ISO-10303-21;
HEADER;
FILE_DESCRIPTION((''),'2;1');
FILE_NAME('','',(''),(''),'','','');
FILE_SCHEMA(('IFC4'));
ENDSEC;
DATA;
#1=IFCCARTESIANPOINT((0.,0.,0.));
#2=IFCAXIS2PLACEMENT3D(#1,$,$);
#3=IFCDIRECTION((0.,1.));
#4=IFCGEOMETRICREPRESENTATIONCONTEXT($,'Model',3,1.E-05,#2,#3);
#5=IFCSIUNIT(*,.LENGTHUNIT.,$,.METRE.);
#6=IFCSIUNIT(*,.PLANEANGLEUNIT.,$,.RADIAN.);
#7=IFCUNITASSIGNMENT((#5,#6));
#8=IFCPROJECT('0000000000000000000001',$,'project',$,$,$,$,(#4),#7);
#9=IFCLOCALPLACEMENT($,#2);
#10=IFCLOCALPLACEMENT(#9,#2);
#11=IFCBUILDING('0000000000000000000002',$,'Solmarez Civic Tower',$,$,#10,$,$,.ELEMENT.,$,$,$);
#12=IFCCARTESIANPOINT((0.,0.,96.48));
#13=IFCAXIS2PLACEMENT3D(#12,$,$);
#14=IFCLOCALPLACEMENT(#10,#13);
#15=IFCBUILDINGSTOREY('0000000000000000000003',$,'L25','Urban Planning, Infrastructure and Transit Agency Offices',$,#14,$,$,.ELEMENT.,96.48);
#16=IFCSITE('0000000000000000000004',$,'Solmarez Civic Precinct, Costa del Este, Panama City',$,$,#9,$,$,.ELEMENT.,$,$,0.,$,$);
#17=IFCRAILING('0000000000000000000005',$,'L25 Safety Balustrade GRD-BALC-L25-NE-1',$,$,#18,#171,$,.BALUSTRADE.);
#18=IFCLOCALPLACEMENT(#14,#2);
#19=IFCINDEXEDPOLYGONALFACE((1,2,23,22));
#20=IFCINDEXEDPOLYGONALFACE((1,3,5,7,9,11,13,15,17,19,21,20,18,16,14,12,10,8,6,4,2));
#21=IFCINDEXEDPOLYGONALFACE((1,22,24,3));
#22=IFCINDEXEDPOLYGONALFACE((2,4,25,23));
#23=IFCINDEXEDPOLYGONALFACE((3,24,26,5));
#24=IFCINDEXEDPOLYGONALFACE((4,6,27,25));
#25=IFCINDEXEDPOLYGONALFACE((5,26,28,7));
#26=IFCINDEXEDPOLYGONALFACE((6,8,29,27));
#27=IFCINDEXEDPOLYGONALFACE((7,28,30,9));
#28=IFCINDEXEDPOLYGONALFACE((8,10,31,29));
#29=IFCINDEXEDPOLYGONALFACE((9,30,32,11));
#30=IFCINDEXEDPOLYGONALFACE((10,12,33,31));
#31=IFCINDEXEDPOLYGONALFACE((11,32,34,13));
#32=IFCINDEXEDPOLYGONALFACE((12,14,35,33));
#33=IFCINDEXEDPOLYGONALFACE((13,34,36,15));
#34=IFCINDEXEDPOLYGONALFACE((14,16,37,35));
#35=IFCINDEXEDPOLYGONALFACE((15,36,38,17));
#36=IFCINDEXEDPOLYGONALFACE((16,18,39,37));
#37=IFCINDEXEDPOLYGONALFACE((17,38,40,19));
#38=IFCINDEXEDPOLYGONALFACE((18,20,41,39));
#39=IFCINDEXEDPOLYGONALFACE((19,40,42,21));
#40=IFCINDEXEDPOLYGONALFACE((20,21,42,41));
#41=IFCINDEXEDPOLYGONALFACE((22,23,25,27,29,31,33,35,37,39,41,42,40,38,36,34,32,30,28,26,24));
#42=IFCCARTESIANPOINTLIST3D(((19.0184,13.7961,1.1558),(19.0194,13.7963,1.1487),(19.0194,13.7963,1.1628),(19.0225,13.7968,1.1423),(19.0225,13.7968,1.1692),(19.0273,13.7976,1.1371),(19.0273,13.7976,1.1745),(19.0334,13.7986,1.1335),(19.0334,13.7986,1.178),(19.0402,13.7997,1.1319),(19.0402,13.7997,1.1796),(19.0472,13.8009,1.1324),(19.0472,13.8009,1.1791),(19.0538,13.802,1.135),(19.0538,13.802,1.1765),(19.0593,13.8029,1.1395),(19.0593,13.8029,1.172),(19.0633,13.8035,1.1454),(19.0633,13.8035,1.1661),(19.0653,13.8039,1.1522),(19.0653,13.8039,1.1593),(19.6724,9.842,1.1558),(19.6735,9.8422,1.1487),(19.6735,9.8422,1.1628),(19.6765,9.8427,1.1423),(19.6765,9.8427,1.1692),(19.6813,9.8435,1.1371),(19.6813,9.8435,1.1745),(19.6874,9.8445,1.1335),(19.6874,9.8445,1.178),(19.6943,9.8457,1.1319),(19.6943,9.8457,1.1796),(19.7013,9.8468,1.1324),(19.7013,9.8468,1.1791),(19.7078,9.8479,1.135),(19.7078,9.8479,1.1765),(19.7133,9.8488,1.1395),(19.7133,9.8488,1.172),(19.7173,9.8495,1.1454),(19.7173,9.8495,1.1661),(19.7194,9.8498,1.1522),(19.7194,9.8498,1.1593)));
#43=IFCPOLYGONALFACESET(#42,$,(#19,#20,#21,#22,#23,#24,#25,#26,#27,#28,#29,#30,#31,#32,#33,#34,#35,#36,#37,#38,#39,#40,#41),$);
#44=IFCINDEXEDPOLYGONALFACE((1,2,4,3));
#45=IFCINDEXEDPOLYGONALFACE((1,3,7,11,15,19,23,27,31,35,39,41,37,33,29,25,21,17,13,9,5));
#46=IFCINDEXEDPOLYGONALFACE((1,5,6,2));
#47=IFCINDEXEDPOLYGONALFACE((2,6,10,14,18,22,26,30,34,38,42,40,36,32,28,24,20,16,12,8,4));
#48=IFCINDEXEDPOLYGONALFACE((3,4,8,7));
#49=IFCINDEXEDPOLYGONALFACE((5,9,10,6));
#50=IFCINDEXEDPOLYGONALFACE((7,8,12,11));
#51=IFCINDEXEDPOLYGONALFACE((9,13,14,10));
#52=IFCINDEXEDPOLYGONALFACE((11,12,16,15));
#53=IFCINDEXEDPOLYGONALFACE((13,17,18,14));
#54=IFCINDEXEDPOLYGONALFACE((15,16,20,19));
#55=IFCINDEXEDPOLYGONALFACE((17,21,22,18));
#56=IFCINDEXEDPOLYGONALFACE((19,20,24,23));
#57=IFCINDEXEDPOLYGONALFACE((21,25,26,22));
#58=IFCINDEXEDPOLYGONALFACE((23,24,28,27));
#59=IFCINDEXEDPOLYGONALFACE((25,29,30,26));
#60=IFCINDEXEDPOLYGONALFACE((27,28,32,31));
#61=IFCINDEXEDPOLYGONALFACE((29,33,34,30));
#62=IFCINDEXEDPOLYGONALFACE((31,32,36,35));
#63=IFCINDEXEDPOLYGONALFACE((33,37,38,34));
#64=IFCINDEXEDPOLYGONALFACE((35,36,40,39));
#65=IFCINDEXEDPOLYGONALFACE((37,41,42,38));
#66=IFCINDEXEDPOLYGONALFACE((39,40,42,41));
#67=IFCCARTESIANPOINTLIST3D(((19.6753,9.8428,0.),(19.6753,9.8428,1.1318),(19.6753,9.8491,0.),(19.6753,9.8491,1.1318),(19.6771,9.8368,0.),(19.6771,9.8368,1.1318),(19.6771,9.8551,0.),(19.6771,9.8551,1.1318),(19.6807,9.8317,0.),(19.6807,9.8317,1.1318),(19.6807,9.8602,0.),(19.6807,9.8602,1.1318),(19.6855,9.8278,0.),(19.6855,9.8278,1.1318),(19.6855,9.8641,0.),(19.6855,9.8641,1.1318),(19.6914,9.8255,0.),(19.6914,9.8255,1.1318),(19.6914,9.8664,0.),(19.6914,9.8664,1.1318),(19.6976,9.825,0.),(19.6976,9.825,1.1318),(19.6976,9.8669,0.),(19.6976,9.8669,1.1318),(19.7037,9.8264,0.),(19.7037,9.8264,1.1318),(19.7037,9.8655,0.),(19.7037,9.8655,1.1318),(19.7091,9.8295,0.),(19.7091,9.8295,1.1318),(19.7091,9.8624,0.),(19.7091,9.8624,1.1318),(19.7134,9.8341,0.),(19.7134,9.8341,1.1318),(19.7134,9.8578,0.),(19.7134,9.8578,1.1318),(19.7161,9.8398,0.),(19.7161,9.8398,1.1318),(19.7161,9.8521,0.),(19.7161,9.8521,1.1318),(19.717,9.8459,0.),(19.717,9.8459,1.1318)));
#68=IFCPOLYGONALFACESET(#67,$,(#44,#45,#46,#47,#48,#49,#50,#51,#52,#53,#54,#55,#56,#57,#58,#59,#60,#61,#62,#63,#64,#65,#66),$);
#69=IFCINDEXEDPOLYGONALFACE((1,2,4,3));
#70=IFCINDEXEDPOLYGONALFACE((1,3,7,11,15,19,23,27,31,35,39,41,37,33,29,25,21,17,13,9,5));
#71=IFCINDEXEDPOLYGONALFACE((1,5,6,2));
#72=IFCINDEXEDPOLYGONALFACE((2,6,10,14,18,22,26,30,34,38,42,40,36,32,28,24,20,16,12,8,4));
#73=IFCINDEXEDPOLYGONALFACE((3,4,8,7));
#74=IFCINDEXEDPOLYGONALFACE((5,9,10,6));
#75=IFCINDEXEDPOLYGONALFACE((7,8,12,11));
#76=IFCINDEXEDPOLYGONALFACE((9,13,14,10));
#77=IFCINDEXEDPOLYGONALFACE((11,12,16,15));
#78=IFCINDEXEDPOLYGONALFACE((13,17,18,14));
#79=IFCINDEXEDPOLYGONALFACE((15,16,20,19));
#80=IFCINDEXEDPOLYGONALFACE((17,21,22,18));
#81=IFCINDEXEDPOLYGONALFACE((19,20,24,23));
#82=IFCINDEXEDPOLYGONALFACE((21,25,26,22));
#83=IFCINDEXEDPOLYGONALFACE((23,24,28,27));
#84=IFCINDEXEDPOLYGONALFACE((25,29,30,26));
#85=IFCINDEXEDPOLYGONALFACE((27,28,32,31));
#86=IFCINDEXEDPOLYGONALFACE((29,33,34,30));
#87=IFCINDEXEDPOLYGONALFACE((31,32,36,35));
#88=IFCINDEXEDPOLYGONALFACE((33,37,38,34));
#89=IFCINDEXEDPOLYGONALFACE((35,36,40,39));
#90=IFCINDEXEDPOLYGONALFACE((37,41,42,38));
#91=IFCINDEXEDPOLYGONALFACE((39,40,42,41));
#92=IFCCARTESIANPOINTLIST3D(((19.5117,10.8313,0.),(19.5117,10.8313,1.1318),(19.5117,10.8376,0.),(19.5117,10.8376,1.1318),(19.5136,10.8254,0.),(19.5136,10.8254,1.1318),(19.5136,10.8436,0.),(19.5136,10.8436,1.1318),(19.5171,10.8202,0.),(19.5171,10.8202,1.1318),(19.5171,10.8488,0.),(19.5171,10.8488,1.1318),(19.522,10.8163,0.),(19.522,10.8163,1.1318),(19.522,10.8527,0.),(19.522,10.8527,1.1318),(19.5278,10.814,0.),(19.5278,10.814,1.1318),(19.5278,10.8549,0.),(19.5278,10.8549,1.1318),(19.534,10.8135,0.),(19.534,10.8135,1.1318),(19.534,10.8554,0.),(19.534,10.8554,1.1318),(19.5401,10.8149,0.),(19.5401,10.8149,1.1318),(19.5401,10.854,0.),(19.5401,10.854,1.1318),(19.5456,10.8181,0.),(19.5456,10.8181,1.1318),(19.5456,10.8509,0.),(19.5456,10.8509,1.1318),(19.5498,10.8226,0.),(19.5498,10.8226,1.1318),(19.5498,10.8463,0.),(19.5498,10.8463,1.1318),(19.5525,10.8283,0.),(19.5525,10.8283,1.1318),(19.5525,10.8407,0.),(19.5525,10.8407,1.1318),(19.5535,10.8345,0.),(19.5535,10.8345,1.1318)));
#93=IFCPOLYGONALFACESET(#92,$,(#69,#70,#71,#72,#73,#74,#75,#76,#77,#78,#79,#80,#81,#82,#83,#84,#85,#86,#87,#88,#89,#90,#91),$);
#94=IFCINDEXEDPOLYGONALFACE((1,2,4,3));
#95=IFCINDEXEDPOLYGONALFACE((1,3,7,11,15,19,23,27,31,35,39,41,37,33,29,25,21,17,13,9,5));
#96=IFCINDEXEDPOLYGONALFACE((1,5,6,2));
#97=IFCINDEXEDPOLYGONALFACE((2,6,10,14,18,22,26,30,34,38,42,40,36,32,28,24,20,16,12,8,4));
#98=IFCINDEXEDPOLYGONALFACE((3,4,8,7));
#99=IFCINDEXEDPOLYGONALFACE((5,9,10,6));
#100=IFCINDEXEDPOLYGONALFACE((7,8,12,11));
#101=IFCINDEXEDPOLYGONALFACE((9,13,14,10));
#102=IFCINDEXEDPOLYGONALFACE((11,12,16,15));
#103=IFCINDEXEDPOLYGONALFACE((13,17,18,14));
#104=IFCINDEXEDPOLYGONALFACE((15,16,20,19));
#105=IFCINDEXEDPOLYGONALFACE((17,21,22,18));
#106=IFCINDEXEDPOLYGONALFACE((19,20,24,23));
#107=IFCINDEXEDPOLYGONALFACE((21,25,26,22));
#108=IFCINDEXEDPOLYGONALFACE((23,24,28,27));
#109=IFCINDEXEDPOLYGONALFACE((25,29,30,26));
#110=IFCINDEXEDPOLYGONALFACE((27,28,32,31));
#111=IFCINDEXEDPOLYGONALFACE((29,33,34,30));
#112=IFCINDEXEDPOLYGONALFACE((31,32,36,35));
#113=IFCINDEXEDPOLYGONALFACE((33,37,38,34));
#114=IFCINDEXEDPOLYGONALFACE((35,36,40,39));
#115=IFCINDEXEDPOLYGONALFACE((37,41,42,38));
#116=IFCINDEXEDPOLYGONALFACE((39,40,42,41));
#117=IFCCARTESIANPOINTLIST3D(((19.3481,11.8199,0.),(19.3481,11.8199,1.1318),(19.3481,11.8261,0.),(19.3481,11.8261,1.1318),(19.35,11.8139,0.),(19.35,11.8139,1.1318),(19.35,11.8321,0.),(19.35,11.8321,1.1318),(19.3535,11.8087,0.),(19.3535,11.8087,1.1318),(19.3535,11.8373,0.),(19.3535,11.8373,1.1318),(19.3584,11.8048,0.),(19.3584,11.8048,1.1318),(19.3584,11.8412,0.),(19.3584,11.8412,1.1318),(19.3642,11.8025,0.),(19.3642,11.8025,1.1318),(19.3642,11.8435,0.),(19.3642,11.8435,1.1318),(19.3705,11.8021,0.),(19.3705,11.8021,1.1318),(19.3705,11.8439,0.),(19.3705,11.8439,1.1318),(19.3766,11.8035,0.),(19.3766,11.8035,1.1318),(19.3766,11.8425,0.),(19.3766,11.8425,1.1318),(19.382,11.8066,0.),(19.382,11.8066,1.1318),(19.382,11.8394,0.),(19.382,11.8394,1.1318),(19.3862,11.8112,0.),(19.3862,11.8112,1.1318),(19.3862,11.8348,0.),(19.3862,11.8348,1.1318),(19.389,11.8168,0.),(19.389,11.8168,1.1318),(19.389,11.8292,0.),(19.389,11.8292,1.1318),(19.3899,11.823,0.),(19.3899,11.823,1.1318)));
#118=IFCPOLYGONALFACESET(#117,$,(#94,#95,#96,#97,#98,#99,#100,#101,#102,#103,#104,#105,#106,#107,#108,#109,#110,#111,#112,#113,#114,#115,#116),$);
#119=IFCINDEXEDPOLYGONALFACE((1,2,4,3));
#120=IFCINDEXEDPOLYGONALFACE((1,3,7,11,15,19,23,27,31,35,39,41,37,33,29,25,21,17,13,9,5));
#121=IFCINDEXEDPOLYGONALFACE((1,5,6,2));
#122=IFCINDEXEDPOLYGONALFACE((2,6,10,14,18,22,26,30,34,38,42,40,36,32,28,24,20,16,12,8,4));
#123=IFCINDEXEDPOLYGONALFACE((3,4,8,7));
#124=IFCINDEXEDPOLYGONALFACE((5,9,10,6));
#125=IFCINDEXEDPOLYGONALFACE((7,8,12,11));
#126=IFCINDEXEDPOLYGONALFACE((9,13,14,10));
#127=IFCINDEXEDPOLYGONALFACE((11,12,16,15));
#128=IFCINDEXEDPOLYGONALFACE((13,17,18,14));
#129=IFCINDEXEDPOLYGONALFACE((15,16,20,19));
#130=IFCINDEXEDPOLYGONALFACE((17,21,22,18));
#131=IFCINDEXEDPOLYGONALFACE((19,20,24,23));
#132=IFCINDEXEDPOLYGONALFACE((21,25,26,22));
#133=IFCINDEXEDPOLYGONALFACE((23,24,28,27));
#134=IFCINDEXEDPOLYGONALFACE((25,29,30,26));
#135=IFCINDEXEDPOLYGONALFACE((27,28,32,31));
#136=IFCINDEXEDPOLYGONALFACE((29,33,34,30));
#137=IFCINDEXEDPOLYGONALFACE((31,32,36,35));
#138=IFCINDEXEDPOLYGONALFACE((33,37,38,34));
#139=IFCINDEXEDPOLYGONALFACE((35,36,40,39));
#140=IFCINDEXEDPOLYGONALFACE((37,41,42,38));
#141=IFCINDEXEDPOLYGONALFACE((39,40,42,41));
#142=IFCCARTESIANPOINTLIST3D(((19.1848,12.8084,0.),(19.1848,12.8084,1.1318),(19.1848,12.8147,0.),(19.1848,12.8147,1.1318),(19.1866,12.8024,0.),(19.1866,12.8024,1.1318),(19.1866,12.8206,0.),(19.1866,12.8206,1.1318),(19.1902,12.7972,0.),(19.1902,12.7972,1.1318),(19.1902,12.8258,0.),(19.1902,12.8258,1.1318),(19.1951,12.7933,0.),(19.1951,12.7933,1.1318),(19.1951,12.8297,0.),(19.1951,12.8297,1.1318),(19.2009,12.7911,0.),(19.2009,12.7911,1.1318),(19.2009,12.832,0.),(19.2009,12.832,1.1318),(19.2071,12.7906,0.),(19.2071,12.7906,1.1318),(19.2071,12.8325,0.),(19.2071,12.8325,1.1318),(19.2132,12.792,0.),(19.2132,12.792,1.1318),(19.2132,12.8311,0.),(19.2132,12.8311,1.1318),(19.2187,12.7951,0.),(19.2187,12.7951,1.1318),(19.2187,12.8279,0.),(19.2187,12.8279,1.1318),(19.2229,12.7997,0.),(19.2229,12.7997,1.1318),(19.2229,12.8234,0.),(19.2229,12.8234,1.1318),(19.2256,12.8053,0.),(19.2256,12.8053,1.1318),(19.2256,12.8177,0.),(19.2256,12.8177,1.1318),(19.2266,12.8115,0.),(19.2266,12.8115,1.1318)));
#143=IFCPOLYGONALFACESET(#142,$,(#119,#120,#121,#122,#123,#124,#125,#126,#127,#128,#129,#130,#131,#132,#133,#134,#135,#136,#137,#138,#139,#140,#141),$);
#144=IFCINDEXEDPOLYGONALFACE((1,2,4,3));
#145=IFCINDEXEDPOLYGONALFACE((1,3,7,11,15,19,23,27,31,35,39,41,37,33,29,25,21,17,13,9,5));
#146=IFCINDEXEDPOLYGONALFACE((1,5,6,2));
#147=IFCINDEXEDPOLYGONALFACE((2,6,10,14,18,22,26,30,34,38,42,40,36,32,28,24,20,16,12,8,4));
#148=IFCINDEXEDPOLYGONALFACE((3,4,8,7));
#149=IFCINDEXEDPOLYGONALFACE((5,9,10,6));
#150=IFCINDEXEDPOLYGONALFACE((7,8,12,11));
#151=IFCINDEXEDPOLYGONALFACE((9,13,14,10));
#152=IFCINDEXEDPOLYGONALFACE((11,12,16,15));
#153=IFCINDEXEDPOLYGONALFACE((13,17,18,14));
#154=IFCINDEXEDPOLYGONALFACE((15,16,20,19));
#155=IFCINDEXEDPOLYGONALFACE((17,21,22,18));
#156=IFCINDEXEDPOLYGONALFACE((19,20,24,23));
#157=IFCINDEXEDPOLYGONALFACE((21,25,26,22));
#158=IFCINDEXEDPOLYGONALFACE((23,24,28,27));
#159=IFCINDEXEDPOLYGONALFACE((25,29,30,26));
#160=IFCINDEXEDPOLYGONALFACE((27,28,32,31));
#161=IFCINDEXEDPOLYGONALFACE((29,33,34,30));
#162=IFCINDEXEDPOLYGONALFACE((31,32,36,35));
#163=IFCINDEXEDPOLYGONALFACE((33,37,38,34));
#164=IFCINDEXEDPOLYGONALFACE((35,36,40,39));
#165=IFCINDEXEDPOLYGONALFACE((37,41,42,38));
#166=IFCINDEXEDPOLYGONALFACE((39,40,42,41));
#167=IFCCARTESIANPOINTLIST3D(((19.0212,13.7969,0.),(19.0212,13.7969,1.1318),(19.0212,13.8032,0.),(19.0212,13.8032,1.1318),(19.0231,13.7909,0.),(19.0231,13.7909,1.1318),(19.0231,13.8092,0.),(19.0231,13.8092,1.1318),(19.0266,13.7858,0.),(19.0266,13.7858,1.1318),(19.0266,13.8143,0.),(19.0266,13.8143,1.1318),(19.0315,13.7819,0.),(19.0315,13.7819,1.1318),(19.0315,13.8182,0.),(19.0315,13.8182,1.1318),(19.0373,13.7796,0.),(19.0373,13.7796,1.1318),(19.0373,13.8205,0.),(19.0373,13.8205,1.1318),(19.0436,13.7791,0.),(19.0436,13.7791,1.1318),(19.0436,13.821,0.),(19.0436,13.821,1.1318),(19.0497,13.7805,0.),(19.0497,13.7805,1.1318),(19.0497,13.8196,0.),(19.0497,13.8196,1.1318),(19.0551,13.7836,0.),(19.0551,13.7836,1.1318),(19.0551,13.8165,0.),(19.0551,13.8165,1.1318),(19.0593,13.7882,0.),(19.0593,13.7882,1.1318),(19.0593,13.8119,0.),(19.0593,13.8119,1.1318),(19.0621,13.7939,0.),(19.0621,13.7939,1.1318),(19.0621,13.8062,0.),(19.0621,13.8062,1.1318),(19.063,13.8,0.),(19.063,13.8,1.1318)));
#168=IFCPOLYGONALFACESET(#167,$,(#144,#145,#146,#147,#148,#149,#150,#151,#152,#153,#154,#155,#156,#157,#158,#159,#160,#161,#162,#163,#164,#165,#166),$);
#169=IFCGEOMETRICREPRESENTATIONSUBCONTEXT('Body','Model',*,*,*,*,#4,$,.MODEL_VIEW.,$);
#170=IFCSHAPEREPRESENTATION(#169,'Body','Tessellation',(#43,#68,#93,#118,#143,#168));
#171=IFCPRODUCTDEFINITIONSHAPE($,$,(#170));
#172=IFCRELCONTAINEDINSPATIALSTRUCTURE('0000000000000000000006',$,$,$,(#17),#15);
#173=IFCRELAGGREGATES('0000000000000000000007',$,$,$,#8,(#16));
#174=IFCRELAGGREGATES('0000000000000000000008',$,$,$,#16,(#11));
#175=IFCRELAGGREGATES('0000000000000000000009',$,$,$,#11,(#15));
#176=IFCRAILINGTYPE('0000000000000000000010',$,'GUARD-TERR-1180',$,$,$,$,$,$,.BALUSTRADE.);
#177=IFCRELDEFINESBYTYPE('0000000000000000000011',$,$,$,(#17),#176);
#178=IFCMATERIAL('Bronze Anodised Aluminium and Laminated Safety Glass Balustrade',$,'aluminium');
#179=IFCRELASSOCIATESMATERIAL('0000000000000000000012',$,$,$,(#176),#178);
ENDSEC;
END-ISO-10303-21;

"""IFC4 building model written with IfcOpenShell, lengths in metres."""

from ifc_helpers import new_model, si_unit, direction, frame, origin, origin_2d, place, context, subcontext, project, spatial, circle, extrude, material, type_object, element, save


model = new_model("IFC4")

# Units and contexts
model_context = context("Model", 3, precision=1e-05, world=origin(), true_north=direction((0.0, 1.0)))
body_context = subcontext(model_context, "Body", "Model", "MODEL_VIEW")
ifc_project = project(units=[si_unit("LENGTHUNIT", "METRE"), si_unit("PLANEANGLEUNIT", "RADIAN")], contexts=[model_context])

# Site, building, storey
site_placement = place(None, origin())
site = spatial("IfcSite", under=ifc_project, at=site_placement, Name="Solmarez Civic Precinct, Costa del Este, Panama City", CompositionType="ELEMENT", RefElevation=0.0)
building_placement = place(site_placement, origin())
building = spatial("IfcBuilding", under=site, at=building_placement, Name="Solmarez Civic Tower", CompositionType="ELEMENT")
storey_placement = place(building_placement, frame((0.0, 0.0, 96.48)))
storey = spatial("IfcBuildingStorey", under=building, at=storey_placement, Name="L25", Description="Urban Planning, Infrastructure and Transit Agency Offices", CompositionType="ELEMENT", Elevation=96.48)

# Railing
ifc_material_1 = material(Name="Bronze Anodised Aluminium and Laminated Safety Glass Balustrade", Category="aluminium")
railing_type = type_object("IfcRailingType", Name="GUARD-TERR-1180", PredefinedType="BALUSTRADE", material=ifc_material_1)
railing_1_placement = place(storey_placement, frame((19.696, 9.8459, 0.0)))
element("IfcRailing", 1, at=railing_1_placement, inside=storey, type_object=railing_type, Name="L25 Safety Balustrade GRD-BALC-L25-NE-1", PredefinedType="BALUSTRADE", context=body_context, shape_type="SweptSolid", body=[
    extrude(circle(Radius=0.0239, at=origin_2d()), frame((0.0, 0.0, 1.1558), z_axis=(-0.163194, 0.986594, 0.0), x_axis=(-0.986594, -0.163194, 0.0)), (0.0, 0.0, 1.0), 4.0078),
    extrude(circle(Radius=0.021, at=origin_2d()), origin(), (0.0, 0.0, 1.0), 1.1318),
    extrude(circle(Radius=0.021, at=origin_2d()), frame((-0.1636, 0.9885, 0.0)), (0.0, 0.0, 1.0), 1.1318),
    extrude(circle(Radius=0.021, at=origin_2d()), frame((-0.3271, 1.9771, 0.0)), (0.0, 0.0, 1.0), 1.1318),
    extrude(circle(Radius=0.021, at=origin_2d()), frame((-0.4905, 2.9656, 0.0)), (0.0, 0.0, 1.0), 1.1318),
    extrude(circle(Radius=0.021, at=origin_2d()), frame((-0.6541, 3.9541, 0.0)), (0.0, 0.0, 1.0), 1.1318),
])

save(model, "model.ifc")
